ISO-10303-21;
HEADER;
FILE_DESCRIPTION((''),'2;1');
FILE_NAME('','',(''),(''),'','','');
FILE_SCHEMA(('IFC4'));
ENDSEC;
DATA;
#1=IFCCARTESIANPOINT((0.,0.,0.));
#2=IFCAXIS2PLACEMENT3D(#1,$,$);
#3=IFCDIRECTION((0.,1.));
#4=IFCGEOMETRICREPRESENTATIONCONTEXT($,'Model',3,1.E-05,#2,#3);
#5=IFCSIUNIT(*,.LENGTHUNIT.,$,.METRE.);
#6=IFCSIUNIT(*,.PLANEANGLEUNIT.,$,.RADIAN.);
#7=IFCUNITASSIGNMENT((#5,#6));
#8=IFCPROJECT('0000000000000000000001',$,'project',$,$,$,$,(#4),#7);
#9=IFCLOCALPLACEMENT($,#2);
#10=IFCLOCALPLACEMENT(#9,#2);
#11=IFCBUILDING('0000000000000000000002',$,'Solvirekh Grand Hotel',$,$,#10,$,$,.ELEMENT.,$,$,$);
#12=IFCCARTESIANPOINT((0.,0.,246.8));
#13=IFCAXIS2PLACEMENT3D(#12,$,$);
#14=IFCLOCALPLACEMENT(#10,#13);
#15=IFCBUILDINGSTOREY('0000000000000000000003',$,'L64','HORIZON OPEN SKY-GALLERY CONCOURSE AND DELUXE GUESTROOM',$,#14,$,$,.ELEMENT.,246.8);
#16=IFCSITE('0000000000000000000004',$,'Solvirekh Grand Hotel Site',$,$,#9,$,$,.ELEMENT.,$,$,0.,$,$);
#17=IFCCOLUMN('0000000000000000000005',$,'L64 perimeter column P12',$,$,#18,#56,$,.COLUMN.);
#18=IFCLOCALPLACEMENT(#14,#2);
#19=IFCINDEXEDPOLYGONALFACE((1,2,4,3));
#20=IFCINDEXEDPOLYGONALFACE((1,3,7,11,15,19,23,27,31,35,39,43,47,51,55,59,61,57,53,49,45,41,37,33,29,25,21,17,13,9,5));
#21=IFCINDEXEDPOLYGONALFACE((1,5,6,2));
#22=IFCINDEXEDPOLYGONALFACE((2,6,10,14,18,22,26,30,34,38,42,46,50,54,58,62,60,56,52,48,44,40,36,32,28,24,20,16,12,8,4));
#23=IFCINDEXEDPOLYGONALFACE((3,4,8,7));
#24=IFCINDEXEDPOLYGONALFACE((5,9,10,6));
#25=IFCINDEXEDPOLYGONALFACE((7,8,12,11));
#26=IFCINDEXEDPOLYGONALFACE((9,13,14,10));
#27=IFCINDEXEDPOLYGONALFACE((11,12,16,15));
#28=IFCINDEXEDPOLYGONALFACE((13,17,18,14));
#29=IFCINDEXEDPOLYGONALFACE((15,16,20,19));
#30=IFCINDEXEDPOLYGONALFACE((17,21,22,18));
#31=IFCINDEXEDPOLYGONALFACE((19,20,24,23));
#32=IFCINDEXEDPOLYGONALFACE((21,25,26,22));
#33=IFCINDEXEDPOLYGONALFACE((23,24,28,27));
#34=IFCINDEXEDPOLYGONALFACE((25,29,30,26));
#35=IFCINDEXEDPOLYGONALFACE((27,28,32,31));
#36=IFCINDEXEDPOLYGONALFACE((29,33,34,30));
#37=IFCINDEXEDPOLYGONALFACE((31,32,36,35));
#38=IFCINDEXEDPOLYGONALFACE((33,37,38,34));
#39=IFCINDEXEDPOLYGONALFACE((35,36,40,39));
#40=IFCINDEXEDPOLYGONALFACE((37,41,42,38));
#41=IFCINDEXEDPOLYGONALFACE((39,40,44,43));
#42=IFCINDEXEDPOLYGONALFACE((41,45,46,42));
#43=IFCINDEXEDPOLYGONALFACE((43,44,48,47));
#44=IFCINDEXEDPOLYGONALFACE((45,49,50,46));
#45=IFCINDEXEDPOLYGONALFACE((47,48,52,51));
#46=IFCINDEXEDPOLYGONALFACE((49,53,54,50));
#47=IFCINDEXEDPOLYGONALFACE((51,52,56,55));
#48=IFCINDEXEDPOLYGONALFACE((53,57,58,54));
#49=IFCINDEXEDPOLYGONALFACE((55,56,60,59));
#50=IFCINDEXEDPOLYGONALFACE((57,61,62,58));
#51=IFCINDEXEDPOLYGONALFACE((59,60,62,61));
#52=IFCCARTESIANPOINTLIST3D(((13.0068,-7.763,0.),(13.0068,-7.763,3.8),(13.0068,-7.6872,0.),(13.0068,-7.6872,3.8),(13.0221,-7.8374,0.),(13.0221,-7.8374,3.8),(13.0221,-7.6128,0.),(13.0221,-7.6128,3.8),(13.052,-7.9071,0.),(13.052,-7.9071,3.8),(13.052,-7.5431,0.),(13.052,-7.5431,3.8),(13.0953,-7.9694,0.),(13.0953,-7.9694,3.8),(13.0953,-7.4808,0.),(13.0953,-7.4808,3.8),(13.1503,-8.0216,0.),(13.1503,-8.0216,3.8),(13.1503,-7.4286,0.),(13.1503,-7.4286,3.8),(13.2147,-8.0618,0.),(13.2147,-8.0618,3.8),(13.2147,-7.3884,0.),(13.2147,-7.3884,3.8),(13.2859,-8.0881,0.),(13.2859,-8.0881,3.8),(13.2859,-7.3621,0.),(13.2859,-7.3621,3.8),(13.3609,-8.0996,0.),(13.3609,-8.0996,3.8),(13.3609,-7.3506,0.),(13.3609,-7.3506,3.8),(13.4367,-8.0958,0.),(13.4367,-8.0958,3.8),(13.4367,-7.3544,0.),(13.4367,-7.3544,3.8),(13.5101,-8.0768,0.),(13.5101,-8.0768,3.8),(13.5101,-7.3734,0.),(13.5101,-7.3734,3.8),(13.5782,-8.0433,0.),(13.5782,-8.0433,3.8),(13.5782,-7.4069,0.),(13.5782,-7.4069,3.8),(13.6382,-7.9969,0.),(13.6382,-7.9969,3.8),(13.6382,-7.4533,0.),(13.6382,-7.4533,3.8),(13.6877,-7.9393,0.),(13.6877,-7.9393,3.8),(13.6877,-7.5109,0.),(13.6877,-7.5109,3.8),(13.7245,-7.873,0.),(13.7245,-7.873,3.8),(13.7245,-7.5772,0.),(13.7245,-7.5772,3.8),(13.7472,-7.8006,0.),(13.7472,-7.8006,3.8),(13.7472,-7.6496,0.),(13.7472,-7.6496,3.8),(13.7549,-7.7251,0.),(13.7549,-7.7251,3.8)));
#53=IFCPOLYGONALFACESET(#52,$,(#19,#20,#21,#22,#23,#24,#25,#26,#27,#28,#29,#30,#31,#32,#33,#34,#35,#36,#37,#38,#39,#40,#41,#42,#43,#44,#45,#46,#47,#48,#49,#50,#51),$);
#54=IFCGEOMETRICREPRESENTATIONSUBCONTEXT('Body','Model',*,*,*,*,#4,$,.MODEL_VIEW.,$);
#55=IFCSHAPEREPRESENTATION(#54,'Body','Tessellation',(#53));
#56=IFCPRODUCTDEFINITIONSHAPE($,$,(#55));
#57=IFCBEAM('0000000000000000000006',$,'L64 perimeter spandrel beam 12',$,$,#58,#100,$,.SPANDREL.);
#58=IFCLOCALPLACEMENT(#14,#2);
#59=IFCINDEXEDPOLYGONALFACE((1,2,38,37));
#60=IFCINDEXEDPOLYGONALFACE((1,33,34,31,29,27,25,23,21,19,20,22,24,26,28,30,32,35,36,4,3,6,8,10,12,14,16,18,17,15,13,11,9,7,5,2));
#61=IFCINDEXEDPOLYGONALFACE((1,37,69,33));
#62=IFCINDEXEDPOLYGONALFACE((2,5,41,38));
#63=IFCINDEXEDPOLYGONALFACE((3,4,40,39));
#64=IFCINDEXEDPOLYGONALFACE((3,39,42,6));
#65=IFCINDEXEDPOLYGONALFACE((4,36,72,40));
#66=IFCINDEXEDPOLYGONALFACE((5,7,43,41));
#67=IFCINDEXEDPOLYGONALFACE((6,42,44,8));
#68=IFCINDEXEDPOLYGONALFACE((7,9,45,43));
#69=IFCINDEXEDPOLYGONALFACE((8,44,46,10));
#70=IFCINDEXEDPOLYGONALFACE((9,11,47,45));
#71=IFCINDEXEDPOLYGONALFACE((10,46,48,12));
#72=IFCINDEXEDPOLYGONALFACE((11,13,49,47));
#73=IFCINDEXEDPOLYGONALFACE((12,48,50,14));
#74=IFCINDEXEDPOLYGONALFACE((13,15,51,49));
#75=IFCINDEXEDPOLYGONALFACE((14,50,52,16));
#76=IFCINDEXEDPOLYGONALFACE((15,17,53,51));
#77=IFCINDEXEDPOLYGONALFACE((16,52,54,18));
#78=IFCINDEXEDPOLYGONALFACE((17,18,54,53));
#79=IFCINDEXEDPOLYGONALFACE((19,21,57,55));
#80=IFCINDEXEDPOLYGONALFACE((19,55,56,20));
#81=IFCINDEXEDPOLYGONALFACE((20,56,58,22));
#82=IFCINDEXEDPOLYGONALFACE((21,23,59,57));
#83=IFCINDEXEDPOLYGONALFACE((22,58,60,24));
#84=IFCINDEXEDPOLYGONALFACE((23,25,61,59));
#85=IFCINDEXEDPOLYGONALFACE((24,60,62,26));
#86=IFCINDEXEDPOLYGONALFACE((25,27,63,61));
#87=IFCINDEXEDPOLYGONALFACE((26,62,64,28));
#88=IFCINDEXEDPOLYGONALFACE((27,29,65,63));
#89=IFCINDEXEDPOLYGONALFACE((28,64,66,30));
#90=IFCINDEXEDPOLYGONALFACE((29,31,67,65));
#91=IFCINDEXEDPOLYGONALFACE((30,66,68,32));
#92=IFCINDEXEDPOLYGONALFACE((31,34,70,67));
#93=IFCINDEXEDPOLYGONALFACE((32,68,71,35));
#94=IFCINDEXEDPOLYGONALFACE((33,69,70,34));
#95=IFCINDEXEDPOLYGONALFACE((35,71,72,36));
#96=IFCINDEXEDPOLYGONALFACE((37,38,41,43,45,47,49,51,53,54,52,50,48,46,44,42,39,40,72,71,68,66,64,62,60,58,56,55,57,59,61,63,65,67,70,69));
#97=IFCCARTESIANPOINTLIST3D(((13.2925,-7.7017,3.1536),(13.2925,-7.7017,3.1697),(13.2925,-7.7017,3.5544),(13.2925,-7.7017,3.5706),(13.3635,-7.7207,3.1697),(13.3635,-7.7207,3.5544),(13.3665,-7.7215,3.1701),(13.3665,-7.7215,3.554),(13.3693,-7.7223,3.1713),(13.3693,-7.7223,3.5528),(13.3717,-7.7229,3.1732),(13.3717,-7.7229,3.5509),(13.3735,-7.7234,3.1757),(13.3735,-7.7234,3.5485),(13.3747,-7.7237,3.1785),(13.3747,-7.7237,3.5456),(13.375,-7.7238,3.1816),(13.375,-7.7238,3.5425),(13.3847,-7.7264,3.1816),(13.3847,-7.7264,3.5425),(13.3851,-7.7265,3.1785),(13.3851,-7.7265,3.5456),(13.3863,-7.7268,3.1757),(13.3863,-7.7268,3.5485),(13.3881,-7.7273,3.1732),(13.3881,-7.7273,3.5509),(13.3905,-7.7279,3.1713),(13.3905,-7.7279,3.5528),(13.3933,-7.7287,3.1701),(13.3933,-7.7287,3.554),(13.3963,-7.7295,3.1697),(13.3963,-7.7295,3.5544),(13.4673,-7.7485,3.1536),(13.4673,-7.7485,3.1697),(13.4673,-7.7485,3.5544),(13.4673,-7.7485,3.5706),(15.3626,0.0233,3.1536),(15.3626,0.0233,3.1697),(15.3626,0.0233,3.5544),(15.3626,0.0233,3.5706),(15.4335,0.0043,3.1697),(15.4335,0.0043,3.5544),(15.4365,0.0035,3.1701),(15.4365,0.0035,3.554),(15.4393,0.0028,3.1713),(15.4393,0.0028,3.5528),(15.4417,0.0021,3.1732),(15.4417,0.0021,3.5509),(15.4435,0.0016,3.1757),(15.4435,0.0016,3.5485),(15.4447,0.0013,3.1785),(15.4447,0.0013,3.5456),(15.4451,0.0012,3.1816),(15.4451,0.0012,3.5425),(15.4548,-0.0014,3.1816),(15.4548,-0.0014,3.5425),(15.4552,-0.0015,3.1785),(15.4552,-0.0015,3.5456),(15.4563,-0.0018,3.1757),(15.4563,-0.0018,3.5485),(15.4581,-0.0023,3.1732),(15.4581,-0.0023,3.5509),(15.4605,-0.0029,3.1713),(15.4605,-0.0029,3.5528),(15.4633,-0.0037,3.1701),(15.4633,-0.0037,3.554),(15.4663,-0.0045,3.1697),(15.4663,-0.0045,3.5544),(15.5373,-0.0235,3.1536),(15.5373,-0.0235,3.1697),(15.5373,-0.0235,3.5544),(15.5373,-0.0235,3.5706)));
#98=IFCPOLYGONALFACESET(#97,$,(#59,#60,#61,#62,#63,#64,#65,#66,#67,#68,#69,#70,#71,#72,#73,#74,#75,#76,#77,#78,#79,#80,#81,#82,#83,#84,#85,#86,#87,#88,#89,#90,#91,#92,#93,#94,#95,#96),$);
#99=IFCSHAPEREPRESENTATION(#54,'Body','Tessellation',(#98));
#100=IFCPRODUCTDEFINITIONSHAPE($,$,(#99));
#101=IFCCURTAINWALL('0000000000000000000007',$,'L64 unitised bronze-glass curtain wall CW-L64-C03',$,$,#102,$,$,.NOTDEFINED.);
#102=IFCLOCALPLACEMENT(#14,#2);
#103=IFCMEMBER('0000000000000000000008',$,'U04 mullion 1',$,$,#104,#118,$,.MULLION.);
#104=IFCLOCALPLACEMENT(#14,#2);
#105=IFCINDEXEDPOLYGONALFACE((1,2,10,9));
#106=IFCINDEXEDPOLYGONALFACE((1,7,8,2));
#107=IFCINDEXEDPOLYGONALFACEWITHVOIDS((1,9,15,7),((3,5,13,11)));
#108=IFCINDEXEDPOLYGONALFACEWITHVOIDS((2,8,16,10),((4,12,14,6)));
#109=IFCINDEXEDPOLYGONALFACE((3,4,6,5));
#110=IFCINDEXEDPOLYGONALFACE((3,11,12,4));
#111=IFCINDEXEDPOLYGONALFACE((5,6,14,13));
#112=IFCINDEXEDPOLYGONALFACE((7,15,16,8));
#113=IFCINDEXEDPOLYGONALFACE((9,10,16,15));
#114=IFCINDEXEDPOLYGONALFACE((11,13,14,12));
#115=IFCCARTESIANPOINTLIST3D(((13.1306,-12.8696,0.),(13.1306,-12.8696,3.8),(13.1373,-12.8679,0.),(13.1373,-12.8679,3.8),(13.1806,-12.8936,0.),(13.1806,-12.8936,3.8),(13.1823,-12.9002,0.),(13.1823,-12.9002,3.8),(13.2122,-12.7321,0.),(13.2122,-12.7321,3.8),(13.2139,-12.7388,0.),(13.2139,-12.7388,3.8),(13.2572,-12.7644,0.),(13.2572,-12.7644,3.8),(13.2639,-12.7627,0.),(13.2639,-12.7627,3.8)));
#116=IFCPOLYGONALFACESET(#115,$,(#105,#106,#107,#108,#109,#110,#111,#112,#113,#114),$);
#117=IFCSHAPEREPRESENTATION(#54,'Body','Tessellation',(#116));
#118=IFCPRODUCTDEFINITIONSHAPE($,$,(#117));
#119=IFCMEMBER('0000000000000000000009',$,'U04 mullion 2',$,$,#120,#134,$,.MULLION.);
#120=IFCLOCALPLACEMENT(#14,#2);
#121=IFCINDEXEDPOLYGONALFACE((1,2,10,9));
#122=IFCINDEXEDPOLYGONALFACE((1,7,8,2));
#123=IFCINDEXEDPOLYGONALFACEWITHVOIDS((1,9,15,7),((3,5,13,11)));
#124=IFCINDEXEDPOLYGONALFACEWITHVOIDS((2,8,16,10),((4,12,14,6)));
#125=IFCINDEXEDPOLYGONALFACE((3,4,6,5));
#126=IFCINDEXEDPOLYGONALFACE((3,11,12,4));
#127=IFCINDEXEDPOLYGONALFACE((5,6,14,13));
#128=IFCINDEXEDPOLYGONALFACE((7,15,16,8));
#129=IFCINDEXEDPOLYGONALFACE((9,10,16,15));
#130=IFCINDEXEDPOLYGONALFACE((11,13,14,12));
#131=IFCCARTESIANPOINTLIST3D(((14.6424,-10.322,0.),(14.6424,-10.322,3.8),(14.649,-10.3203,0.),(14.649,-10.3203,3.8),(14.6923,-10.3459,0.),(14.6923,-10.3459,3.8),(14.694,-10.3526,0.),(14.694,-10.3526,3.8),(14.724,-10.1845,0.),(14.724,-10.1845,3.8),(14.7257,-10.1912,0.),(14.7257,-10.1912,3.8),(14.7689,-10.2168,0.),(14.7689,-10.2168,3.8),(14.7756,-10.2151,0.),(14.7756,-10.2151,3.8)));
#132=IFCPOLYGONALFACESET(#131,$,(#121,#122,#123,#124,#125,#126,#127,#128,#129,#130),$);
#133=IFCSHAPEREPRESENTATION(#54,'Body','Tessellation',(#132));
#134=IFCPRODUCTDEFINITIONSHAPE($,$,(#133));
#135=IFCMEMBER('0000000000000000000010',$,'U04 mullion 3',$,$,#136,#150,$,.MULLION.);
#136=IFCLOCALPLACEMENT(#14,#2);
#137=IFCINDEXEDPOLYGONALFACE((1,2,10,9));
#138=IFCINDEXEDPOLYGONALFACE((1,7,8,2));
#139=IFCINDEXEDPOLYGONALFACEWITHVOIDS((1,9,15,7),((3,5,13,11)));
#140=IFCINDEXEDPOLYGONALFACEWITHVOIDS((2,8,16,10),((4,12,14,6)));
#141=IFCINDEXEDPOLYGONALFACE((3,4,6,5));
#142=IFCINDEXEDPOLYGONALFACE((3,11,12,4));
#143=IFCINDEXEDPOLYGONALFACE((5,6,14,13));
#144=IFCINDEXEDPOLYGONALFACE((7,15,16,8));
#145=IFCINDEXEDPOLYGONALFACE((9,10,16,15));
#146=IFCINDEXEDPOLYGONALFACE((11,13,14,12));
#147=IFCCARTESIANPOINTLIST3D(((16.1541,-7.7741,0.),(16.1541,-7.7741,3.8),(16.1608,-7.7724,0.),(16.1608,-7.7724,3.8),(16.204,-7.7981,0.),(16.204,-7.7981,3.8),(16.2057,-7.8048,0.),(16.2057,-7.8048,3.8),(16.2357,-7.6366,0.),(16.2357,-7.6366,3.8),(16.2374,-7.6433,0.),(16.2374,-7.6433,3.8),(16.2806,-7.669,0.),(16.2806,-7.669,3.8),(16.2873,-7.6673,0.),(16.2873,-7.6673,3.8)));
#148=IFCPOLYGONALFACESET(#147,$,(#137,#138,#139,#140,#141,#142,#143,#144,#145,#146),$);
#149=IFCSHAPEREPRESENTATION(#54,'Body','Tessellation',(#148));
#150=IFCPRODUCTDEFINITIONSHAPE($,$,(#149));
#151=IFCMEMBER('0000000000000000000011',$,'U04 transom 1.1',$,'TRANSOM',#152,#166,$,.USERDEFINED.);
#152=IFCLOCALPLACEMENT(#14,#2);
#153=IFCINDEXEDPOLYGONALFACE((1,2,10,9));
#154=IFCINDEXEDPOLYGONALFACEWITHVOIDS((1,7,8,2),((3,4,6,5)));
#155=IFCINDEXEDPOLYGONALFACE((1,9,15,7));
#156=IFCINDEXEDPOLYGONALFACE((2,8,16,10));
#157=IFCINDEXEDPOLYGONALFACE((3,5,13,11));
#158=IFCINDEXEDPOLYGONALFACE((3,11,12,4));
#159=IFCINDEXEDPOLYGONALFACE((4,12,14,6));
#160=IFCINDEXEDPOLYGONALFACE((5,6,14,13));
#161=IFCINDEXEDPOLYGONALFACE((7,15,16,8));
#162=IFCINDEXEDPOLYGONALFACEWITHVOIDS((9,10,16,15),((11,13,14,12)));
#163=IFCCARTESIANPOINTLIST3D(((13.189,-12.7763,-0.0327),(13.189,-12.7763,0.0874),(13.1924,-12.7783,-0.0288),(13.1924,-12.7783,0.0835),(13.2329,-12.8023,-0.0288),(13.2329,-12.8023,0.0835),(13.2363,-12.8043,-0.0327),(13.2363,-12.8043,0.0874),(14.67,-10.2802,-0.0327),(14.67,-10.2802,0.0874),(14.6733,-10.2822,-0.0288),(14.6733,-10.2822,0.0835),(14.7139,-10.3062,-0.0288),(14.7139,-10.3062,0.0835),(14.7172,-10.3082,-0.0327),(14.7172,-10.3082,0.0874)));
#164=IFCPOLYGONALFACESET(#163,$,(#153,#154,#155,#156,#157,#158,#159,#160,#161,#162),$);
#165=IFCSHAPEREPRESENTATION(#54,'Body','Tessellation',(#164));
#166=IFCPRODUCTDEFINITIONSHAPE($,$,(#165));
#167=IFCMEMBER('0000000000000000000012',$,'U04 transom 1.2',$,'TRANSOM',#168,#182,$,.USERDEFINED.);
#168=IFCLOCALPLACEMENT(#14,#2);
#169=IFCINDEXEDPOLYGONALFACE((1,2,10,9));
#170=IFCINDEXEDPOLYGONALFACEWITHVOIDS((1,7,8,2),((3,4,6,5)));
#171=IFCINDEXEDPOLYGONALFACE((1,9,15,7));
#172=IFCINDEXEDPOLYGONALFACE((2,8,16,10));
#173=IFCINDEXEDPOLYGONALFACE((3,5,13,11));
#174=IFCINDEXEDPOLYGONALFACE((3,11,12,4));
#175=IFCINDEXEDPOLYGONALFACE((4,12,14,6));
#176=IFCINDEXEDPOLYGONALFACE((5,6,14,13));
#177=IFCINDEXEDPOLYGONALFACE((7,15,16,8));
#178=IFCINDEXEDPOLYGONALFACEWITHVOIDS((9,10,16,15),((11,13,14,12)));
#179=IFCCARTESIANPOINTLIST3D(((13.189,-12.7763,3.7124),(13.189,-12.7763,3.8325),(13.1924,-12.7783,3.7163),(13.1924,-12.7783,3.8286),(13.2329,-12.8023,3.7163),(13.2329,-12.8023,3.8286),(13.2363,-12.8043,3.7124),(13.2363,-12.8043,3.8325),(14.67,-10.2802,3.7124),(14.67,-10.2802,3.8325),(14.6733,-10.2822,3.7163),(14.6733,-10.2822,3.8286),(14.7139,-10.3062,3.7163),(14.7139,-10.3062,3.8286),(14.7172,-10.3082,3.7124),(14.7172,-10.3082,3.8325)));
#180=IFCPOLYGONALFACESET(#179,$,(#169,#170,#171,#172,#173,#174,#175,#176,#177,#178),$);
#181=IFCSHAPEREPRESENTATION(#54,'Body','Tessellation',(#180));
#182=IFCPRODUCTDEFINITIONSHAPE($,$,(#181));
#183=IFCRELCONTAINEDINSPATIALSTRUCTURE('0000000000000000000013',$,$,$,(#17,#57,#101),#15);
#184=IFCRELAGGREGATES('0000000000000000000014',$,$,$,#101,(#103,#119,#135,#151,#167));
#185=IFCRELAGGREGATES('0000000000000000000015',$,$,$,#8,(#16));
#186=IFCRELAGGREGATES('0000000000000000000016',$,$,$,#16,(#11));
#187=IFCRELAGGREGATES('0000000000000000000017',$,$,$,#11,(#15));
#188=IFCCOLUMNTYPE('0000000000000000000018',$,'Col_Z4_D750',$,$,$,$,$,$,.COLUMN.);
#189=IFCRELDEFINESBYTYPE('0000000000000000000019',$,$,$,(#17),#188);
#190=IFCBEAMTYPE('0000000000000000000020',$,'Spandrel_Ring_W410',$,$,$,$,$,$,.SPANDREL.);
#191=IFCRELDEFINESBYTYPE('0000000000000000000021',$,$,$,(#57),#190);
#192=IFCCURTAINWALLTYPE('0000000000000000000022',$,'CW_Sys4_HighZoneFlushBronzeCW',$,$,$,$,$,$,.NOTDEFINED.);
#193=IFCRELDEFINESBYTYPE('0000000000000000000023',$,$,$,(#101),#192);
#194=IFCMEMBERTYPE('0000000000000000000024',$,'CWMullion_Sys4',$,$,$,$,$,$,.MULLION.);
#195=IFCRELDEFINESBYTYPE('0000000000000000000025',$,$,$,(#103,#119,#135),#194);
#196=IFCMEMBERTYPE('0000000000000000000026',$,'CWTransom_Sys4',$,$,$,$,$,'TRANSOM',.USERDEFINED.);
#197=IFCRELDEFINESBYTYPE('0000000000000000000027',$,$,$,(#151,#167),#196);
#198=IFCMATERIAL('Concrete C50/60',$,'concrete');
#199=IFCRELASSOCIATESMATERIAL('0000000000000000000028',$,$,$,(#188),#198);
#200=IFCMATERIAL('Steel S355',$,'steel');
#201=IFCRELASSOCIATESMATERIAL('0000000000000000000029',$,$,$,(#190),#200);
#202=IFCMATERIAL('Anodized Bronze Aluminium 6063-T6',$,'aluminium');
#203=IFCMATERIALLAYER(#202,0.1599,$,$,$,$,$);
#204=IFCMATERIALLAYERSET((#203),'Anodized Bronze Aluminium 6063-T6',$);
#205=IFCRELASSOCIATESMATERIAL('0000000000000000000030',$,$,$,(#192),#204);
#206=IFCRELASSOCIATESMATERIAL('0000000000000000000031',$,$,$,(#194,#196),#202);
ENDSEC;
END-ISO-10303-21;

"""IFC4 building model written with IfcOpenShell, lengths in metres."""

from ifc_helpers import new_model, si_unit, direction, frame, origin, origin_2d, place, context, subcontext, project, spatial, hollow_rectangle, circle, i_section, extrude, source, transform, mapped, material, layer, layer_set, material_profile, profile_set, type_object, element, aggregate, save


model = new_model("IFC4")

# Units and contexts
model_context = context("Model", 3, precision=1e-05, world=origin(), true_north=direction((0.0, 1.0)))
body_context = subcontext(model_context, "Body", "Model", "MODEL_VIEW")
ifc_project = project(units=[si_unit("LENGTHUNIT", "METRE"), si_unit("PLANEANGLEUNIT", "RADIAN")], contexts=[model_context])

# Site, building, storey
site_placement = place(None, origin())
site = spatial("IfcSite", under=ifc_project, at=site_placement, Name="Solvirekh Grand Hotel Site", CompositionType="ELEMENT", RefElevation=0.0)
building_placement = place(site_placement, origin())
building = spatial("IfcBuilding", under=site, at=building_placement, Name="Solvirekh Grand Hotel", CompositionType="ELEMENT")
storey_placement = place(building_placement, frame((0.0, 0.0, 246.8)))
storey = spatial("IfcBuildingStorey", under=building, at=storey_placement, Name="L64", Description="HORIZON OPEN SKY-GALLERY CONCOURSE AND DELUXE GUESTROOM", CompositionType="ELEMENT", Elevation=246.8)

# Column
ifc_material_1 = material(Name="Concrete C50/60", Category="concrete")
ifc_material_profile_1 = material_profile(ifc_material_1, circle(Radius=0.375, at=origin_2d()), Name="RC CIRC D750")
ifc_profile_set_1 = profile_set([ifc_material_profile_1], Name="Concrete C50/60")
column_type = type_object("IfcColumnType", Name="Col_Z4_D750", PredefinedType="COLUMN", material=ifc_profile_set_1)
column_placement = place(storey_placement, frame((13.3799, -7.7251, 0.0), z_axis=(0.0, 0.0, 1.0), x_axis=(1.0, 0.0, 0.0)))
element("IfcColumn", 1, at=column_placement, inside=storey, type_object=column_type, Name="L64 perimeter column P12", PredefinedType="COLUMN", context=body_context, shape_type="SweptSolid", body=[
    extrude(circle(Radius=0.375, at=origin_2d()), origin(), (0.0, 0.0, 1.0), 3.8),
])

# Beam
ifc_material_2 = material(Name="Steel S355", Category="steel")
ifc_material_profile_2 = material_profile(ifc_material_2, i_section(OverallWidth=0.1809, OverallDepth=0.417, WebThickness=0.01, FlangeThickness=0.0161, FilletRadius=0.012, at=origin_2d()), Name="W410X85")
ifc_profile_set_2 = profile_set([ifc_material_profile_2], Name="Steel S355")
beam_type = type_object("IfcBeamType", Name="Spandrel_Ring_W410", PredefinedType="SPANDREL", material=ifc_profile_set_2)
beam_placement = place(storey_placement, frame((13.3799, -7.7251, 3.3621), z_axis=(0.258835, 0.965922, 0.0), x_axis=(-0.965922, 0.258835, 0.0)))
element("IfcBeam", 2, at=beam_placement, inside=storey, type_object=beam_type, Name="L64 perimeter spandrel beam 12", PredefinedType="SPANDREL", context=body_context, shape_type="SweptSolid", body=[
    extrude(i_section(OverallWidth=0.1809, OverallDepth=0.417, WebThickness=0.01, FlangeThickness=0.0161, FilletRadius=0.012, at=origin_2d()), origin(), (0.0, 0.0, 1.0), 7.9976),
])

# Curtain wall, members
ifc_material_3 = material(Name="Anodized Bronze Aluminium 6063-T6", Category="aluminium")
ifc_layer_1 = layer(ifc_material_3, 0.1599)
ifc_layer_set_1 = layer_set([ifc_layer_1], Name="Anodized Bronze Aluminium 6063-T6")
curtain_wall_type = type_object("IfcCurtainWallType", Name="CW_Sys4_HighZoneFlushBronzeCW", PredefinedType="NOTDEFINED", material=ifc_layer_set_1)
curtain_wall_placement = place(storey_placement, origin())
curtain_wall = element("IfcCurtainWall", 3, at=curtain_wall_placement, inside=storey, type_object=curtain_wall_type, Name="L64 unitised bronze-glass curtain wall CW-L64-C03", PredefinedType="NOTDEFINED")
ifc_material_profile_3 = material_profile(ifc_material_3, hollow_rectangle(XDim=0.0601, YDim=0.1599, WallThickness=0.0049, at=origin_2d()), Name="ALU RHS 160X60X5")
ifc_profile_set_3 = profile_set([ifc_material_profile_3], Name="Anodized Bronze Aluminium 6063-T6")
member_type_1 = type_object("IfcMemberType", Name="CWMullion_Sys4", PredefinedType="MULLION", material=ifc_profile_set_3)
shared_shape_1 = source(origin(), body_context, "Body", "SweptSolid", [
    extrude(hollow_rectangle(XDim=0.0601, YDim=0.1599, WallThickness=0.0049, at=origin_2d()), origin(), (0.0, 0.0, 1.0), 3.8),
])
member_1_placement = place(storey_placement, frame((13.1973, -12.8162, 0.0), z_axis=(0.0, 0.0, 1.0), x_axis=(-0.860004, 0.510288, 0.0)))
member_1 = element("IfcMember", 4, at=member_1_placement, type_object=member_type_1, Name="U04 mullion 1", PredefinedType="MULLION", context=body_context, shape_type="MappedRepresentation", body=[
    mapped(shared_shape_1, transform((0.0, 0.0, 0.0), x_axis=(1.0, 0.0, 0.0), y_axis=(0.0, 1.0, 0.0), z_axis=(0.0, 0.0, 1.0), scale=1.0)),
])
member_2_placement = place(storey_placement, frame((14.709, -10.2686, 0.0), z_axis=(0.0, 0.0, 1.0), x_axis=(-0.860004, 0.510288, 0.0)))
member_2 = element("IfcMember", 5, at=member_2_placement, type_object=member_type_1, Name="U04 mullion 2", PredefinedType="MULLION", context=body_context, shape_type="MappedRepresentation", body=[
    mapped(shared_shape_1, transform((0.0, 0.0, 0.0), x_axis=(1.0, 0.0, 0.0), y_axis=(0.0, 1.0, 0.0), z_axis=(0.0, 0.0, 1.0), scale=1.0)),
])
member_3_placement = place(storey_placement, frame((16.2207, -7.7207, 0.0), z_axis=(0.0, 0.0, 1.0), x_axis=(-0.860004, 0.510288, 0.0)))
member_3 = element("IfcMember", 6, at=member_3_placement, type_object=member_type_1, Name="U04 mullion 3", PredefinedType="MULLION", context=body_context, shape_type="MappedRepresentation", body=[
    mapped(shared_shape_1, transform((0.0, 0.0, 0.0), x_axis=(1.0, 0.0, 0.0), y_axis=(0.0, 1.0, 0.0), z_axis=(0.0, 0.0, 1.0), scale=1.0)),
])
ifc_material_profile_4 = material_profile(ifc_material_3, hollow_rectangle(XDim=0.0549, YDim=0.1201, WallThickness=0.0039, at=origin_2d()), Name="ALU RHS 120X55X4")
ifc_profile_set_4 = profile_set([ifc_material_profile_4], Name="Anodized Bronze Aluminium 6063-T6")
member_type_2 = type_object("IfcMemberType", Name="CWTransom_Sys4", ElementType="TRANSOM", PredefinedType="USERDEFINED", material=ifc_profile_set_4)
shared_shape_2 = source(origin(), body_context, "Body", "SweptSolid", [
    extrude(hollow_rectangle(XDim=0.0549, YDim=0.1201, WallThickness=0.0039, at=origin_2d()), origin(), (0.0, 0.0, 1.0), 2.9023),
])
member_4_placement = place(storey_placement, frame((13.2126, -12.7903, 0.0273), z_axis=(0.510259, 0.860021, 0.0), x_axis=(-0.860021, 0.510259, 0.0)))
member_4 = element("IfcMember", 7, at=member_4_placement, type_object=member_type_2, Name="U04 transom 1.1", ObjectType="TRANSOM", PredefinedType="USERDEFINED", context=body_context, shape_type="MappedRepresentation", body=[
    mapped(shared_shape_2, transform((0.0, 0.0, 0.0), x_axis=(1.0, 0.0, 0.0), y_axis=(0.0, 1.0, 0.0), z_axis=(0.0, 0.0, 1.0), scale=1.0)),
])
member_5_placement = place(storey_placement, frame((13.2126, -12.7903, 3.7725), z_axis=(0.510259, 0.860021, 0.0), x_axis=(-0.860021, 0.510259, 0.0)))
member_5 = element("IfcMember", 8, at=member_5_placement, type_object=member_type_2, Name="U04 transom 1.2", ObjectType="TRANSOM", PredefinedType="USERDEFINED", context=body_context, shape_type="MappedRepresentation", body=[
    mapped(shared_shape_2, transform((0.0, 0.0, 0.0), x_axis=(1.0, 0.0, 0.0), y_axis=(0.0, 1.0, 0.0), z_axis=(0.0, 0.0, 1.0), scale=1.0)),
])
aggregate(curtain_wall, [member_1, member_2, member_3, member_4, member_5])

save(model, "model.ifc")
